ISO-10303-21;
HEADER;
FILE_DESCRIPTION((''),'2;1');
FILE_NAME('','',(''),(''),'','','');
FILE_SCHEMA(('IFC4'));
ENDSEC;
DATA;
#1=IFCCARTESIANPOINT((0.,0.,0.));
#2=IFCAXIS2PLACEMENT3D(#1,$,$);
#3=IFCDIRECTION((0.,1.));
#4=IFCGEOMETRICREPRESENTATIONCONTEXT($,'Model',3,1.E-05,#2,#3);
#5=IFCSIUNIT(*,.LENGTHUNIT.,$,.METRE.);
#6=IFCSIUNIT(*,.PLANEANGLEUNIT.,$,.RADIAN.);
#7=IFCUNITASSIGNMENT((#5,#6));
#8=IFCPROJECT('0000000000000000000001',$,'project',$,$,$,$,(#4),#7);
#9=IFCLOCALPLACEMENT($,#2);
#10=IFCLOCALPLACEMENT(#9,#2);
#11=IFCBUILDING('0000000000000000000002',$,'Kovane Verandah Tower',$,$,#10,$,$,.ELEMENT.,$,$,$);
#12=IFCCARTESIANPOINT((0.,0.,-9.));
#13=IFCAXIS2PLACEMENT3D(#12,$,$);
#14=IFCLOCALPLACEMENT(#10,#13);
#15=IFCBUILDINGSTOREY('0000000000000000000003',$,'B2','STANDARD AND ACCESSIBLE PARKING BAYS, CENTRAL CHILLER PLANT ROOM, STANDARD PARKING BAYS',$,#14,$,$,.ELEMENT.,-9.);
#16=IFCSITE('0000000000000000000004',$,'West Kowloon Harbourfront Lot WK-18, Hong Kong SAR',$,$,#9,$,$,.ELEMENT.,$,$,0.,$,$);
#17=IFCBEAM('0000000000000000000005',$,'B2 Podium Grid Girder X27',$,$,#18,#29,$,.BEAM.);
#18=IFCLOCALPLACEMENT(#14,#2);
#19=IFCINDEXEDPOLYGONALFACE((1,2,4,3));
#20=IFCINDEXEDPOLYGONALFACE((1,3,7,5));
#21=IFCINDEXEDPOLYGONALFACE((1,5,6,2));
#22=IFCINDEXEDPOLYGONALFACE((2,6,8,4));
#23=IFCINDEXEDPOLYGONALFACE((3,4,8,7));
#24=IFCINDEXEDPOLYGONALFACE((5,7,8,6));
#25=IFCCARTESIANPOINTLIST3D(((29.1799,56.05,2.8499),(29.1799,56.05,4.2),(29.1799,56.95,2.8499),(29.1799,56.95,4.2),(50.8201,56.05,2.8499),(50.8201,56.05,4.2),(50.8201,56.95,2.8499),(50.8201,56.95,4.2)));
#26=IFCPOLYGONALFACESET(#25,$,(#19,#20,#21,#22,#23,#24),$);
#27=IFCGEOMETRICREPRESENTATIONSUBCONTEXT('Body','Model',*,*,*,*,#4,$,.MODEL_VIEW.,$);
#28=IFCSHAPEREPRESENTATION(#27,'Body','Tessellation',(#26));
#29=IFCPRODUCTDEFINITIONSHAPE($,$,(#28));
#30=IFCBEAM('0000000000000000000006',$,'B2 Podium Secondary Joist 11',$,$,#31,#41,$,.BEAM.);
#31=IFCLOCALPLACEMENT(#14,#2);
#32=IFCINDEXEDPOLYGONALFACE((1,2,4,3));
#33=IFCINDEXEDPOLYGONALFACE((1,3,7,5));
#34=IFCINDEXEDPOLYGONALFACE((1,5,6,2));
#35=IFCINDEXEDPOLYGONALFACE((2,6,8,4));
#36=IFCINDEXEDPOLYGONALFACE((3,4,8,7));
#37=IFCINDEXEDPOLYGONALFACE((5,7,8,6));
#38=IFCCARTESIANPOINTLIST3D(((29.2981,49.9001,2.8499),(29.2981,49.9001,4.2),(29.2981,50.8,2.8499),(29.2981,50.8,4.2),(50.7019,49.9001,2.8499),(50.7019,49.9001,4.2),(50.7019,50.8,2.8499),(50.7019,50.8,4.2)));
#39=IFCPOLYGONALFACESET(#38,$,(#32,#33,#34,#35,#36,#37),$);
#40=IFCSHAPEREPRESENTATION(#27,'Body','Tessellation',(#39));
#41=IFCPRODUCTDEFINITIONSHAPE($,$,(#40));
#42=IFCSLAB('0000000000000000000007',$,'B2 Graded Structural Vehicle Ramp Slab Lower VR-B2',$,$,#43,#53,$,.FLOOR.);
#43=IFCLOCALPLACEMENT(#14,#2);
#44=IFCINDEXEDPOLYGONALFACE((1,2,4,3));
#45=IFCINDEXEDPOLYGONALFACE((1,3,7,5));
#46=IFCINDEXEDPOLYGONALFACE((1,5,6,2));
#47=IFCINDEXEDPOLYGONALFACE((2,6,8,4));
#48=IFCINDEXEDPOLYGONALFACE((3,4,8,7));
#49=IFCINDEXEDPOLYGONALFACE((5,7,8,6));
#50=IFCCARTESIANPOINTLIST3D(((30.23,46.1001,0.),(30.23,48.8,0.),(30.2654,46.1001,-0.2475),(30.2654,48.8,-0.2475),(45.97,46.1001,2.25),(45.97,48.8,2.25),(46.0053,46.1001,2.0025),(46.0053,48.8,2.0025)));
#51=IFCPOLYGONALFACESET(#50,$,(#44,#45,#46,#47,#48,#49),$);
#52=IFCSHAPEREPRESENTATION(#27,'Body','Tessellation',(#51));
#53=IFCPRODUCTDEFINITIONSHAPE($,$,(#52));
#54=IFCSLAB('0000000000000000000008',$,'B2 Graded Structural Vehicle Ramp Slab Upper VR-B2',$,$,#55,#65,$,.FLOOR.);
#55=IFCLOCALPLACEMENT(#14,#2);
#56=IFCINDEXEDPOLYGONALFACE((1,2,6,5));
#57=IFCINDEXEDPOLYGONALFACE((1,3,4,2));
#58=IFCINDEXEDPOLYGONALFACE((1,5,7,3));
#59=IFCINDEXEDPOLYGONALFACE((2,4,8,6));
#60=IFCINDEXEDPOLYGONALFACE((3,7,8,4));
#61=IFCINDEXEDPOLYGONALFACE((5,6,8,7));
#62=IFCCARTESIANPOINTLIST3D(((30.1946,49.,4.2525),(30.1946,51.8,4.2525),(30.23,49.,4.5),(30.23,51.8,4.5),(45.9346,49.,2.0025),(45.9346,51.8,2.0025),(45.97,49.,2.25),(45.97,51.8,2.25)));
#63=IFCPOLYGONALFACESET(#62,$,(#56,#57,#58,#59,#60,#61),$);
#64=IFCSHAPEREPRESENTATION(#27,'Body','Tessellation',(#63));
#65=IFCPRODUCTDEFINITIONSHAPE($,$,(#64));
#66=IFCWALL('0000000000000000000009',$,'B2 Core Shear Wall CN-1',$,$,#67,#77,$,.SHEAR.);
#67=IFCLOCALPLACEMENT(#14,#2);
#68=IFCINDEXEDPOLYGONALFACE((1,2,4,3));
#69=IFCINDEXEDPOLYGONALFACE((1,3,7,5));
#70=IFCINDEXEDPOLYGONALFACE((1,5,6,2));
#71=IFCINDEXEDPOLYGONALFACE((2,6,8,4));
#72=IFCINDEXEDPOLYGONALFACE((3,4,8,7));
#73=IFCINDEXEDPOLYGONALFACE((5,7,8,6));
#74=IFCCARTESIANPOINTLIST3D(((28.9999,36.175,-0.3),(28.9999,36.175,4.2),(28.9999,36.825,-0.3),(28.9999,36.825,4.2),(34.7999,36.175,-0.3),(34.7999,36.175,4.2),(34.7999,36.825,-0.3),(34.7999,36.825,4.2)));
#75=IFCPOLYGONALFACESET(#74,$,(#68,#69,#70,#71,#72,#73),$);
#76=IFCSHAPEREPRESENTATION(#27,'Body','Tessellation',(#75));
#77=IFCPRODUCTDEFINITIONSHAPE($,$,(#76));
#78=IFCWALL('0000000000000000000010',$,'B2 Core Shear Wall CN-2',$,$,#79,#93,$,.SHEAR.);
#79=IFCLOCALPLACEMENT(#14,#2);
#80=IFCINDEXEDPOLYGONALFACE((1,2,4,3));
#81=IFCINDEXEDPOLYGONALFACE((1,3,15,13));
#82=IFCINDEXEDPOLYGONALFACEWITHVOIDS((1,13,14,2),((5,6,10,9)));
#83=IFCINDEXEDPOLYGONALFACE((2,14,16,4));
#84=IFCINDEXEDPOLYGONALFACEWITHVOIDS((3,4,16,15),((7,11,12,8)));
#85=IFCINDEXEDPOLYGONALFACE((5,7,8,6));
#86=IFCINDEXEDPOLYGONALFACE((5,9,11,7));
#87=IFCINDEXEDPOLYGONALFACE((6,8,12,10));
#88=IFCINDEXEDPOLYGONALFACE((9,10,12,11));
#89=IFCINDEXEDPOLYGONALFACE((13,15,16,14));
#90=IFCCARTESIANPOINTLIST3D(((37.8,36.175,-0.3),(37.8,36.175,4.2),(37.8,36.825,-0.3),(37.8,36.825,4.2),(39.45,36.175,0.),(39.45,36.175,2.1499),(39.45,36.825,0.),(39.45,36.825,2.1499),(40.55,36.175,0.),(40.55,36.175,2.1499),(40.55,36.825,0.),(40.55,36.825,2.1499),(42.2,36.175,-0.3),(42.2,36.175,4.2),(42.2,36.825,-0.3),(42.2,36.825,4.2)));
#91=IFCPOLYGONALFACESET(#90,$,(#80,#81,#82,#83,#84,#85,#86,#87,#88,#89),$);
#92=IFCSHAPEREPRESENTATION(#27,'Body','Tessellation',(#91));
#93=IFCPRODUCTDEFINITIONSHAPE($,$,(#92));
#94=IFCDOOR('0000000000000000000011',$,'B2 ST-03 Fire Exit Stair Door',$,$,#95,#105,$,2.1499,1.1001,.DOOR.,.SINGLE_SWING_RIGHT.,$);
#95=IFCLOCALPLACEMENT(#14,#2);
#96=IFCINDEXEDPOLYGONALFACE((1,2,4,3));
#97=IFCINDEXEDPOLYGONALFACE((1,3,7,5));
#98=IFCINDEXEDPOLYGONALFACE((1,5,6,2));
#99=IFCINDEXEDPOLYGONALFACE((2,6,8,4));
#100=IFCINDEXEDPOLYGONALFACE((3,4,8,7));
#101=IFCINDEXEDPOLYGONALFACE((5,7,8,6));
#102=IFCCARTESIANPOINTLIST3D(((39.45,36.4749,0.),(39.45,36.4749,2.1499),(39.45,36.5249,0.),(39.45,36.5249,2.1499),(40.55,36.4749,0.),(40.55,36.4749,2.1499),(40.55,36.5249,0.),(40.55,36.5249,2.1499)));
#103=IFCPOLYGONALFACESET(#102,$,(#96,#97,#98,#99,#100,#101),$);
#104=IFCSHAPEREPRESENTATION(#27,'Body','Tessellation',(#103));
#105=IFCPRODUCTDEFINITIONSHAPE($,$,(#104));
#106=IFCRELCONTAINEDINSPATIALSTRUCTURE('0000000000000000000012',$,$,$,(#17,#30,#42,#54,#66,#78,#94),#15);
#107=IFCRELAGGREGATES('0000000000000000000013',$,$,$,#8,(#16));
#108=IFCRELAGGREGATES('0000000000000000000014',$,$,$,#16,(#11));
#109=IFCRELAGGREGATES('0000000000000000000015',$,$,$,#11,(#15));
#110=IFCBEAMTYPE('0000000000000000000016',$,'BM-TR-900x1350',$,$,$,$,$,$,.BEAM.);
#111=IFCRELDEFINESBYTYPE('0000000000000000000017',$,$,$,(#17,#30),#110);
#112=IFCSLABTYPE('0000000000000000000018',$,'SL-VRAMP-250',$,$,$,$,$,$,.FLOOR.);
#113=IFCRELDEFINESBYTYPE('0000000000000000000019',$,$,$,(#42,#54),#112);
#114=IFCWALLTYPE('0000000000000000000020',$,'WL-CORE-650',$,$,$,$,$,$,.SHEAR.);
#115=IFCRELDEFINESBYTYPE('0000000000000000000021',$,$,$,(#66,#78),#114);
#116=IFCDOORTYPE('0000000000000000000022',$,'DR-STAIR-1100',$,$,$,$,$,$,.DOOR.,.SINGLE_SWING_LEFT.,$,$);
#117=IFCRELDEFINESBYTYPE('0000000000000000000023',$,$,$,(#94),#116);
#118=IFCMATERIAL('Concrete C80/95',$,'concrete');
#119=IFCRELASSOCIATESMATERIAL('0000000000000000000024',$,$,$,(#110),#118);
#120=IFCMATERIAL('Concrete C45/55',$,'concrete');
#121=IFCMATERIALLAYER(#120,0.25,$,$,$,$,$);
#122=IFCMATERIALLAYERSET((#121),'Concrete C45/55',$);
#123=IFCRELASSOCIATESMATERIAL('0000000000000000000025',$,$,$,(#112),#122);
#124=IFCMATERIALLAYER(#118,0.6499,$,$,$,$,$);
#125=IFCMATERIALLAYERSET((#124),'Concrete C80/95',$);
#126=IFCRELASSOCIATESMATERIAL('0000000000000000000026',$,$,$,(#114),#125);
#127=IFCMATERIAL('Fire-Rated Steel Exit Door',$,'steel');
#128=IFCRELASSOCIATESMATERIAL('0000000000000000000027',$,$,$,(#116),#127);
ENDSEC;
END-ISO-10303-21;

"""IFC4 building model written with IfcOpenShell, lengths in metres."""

from ifc_helpers import new_model, si_unit, direction, frame, frame_2d, origin, origin_2d, place, context, subcontext, project, spatial, polyline, rectangle, outline, extrude, material, layer, layer_set, material_profile, profile_set, type_object, element, fill, save


model = new_model("IFC4")

# Units and contexts
model_context = context("Model", 3, precision=1e-05, world=origin(), true_north=direction((0.0, 1.0)))
body_context = subcontext(model_context, "Body", "Model", "MODEL_VIEW")
ifc_project = project(units=[si_unit("LENGTHUNIT", "METRE"), si_unit("PLANEANGLEUNIT", "RADIAN")], contexts=[model_context])

# Site, building, storey
site_placement = place(None, origin())
site = spatial("IfcSite", under=ifc_project, at=site_placement, Name="West Kowloon Harbourfront Lot WK-18, Hong Kong SAR", CompositionType="ELEMENT", RefElevation=0.0)
building_placement = place(site_placement, origin())
building = spatial("IfcBuilding", under=site, at=building_placement, Name="Kovane Verandah Tower", CompositionType="ELEMENT")
storey_placement = place(building_placement, frame((0.0, 0.0, -9.0)))
storey = spatial("IfcBuildingStorey", under=building, at=storey_placement, Name="B2", Description="STANDARD AND ACCESSIBLE PARKING BAYS, CENTRAL CHILLER PLANT ROOM, STANDARD PARKING BAYS", CompositionType="ELEMENT", Elevation=-9.0)

# Shared definitions
ifc_material_1 = material(Name="Concrete C80/95", Category="concrete")

# Beams
ifc_material_2 = material(Name="Concrete C45/55", Category="concrete")
ifc_material_profile_1 = material_profile(ifc_material_1, rectangle(XDim=0.8999, YDim=1.3501, at=origin_2d()), Name="RCB900x1350")
ifc_profile_set_1 = profile_set([ifc_material_profile_1], Name="Concrete C80/95")
beam_type_1 = type_object("IfcBeamType", Name="BM-TR-900x1350", PredefinedType="BEAM", material=ifc_profile_set_1)
for number, where, z_axis, x_axis, name in (
    (1, (29.1799, 56.5, 3.5249), (1.0, 0.0, 0.0), (0.0, 1.0, 0.0), "B2 Podium Grid Girder X27"),
):
    element("IfcBeam", number, at=place(storey_placement, frame(where, z_axis=z_axis, x_axis=x_axis)), inside=storey, type_object=beam_type_1, Name=name, PredefinedType="BEAM", context=body_context, shape_type="SweptSolid", body=[
        extrude(rectangle(XDim=0.8999, YDim=1.3501, at=origin_2d()), origin(), (0.0, 0.0, 1.0), 21.6401),
    ])
beam_1_placement = place(storey_placement, frame((29.2981, 50.3501, 3.5249), z_axis=(1.0, 0.0, 0.0), x_axis=(0.0, 1.0, 0.0)))
element("IfcBeam", 2, at=beam_1_placement, inside=storey, type_object=beam_type_1, Name="B2 Podium Secondary Joist 11", PredefinedType="BEAM", context=body_context, shape_type="SweptSolid", body=[
    extrude(rectangle(XDim=0.8999, YDim=1.3501, at=origin_2d()), origin(), (0.0, 0.0, 1.0), 21.4038),
])

# Slabs
ifc_layer_1 = layer(ifc_material_2, 0.25)
ifc_layer_set_1 = layer_set([ifc_layer_1], Name="Concrete C45/55")
slab_type = type_object("IfcSlabType", Name="SL-VRAMP-250", PredefinedType="FLOOR", material=ifc_layer_set_1)
slab_1_placement = place(storey_placement, frame((30.23, 46.1001, 0.0), z_axis=(-0.141509, 0.0, 0.989937), x_axis=(0.989937, 0.0, 0.141509)))
element("IfcSlab", 3, at=slab_1_placement, inside=storey, type_object=slab_type, Name="B2 Graded Structural Vehicle Ramp Slab Lower VR-B2", PredefinedType="FLOOR", context=body_context, shape_type="SweptSolid", body=[
    extrude(outline(polyline([(0.0, 0.0), (15.9, 0.0), (15.9, 2.7), (0.0, 2.7), (0.0, 0.0)])), origin(), (0.0, 0.0, -1.0), 0.25),
])
slab_2_placement = place(storey_placement, frame((30.23, 49.0, 4.5), z_axis=(0.141509, 0.0, 0.989937), x_axis=(0.989937, 0.0, -0.141509)))
element("IfcSlab", 4, at=slab_2_placement, inside=storey, type_object=slab_type, Name="B2 Graded Structural Vehicle Ramp Slab Upper VR-B2", PredefinedType="FLOOR", context=body_context, shape_type="SweptSolid", body=[
    extrude(outline(polyline([(0.0, 0.0), (15.9, 0.0), (15.9, 2.8), (0.0, 2.8), (0.0, 0.0)])), origin(), (0.0, 0.0, -1.0), 0.25),
])

# Wall
ifc_layer_2 = layer(ifc_material_1, 0.6499)
ifc_layer_set_2 = layer_set([ifc_layer_2], Name="Concrete C80/95")
wall_type = type_object("IfcWallType", Name="WL-CORE-650", PredefinedType="SHEAR", material=ifc_layer_set_2)
wall_1_placement = place(storey_placement, frame((29.0, 36.5, -0.3), z_axis=(0.0, 0.0, 1.0), x_axis=(1.0, 0.0, 0.0)))
element("IfcWall", 5, at=wall_1_placement, inside=storey, type_object=wall_type, Name="B2 Core Shear Wall CN-1", PredefinedType="SHEAR", context=body_context, shape_type="SweptSolid", body=[
    extrude(rectangle(XDim=5.8, YDim=0.6499, at=frame_2d((2.8999, 0.0))), origin(), (0.0, 0.0, 1.0), 4.5),
])

# Wall, opening, door
wall_2_placement = place(storey_placement, frame((37.8, 36.5, -0.3), z_axis=(0.0, 0.0, 1.0), x_axis=(1.0, 0.0, 0.0)))
wall_2 = element("IfcWall", 6, at=wall_2_placement, inside=storey, type_object=wall_type, Name="B2 Core Shear Wall CN-2", PredefinedType="SHEAR", context=body_context, shape_type="SweptSolid", body=[
    extrude(rectangle(XDim=4.3999, YDim=0.6499, at=frame_2d((2.2, 0.0))), origin(), (0.0, 0.0, 1.0), 4.5),
])
opening_placement = place(wall_2_placement, frame((1.6499, 0.0, 0.3)))
opening = element("IfcOpeningElement", 7, at=opening_placement, cuts=wall_2, PredefinedType="OPENING", context=body_context, shape_type="SweptSolid", body=[
    extrude(rectangle(XDim=1.1001, YDim=2.1499, at=frame_2d((0.55, 1.075))), frame((0.0, 0.325, 0.0), z_axis=(0.0, -1.0, 0.0), x_axis=(1.0, 0.0, 0.0)), (0.0, 0.0, 1.0), 0.6499),
])
ifc_material_3 = material(Name="Fire-Rated Steel Exit Door", Category="steel")
door_type = type_object("IfcDoorType", Name="DR-STAIR-1100", OperationType="SINGLE_SWING_LEFT", PredefinedType="DOOR", material=ifc_material_3)
door_placement = place(opening_placement, origin())
door = element("IfcDoor", 8, at=door_placement, inside=storey, type_object=door_type, Name="B2 ST-03 Fire Exit Stair Door", OperationType="SINGLE_SWING_RIGHT", OverallHeight=2.1499, OverallWidth=1.1001, PredefinedType="DOOR", context=body_context, shape_type="SweptSolid", body=[
    extrude(rectangle(XDim=1.1001, YDim=2.1499, at=frame_2d((0.55, 1.075))), frame((0.0, 0.0249, 0.0), z_axis=(0.0, -1.0, 0.0), x_axis=(1.0, 0.0, 0.0)), (0.0, 0.0, 1.0), 0.05),
])
fill(opening, door)

save(model, "model.ifc")
